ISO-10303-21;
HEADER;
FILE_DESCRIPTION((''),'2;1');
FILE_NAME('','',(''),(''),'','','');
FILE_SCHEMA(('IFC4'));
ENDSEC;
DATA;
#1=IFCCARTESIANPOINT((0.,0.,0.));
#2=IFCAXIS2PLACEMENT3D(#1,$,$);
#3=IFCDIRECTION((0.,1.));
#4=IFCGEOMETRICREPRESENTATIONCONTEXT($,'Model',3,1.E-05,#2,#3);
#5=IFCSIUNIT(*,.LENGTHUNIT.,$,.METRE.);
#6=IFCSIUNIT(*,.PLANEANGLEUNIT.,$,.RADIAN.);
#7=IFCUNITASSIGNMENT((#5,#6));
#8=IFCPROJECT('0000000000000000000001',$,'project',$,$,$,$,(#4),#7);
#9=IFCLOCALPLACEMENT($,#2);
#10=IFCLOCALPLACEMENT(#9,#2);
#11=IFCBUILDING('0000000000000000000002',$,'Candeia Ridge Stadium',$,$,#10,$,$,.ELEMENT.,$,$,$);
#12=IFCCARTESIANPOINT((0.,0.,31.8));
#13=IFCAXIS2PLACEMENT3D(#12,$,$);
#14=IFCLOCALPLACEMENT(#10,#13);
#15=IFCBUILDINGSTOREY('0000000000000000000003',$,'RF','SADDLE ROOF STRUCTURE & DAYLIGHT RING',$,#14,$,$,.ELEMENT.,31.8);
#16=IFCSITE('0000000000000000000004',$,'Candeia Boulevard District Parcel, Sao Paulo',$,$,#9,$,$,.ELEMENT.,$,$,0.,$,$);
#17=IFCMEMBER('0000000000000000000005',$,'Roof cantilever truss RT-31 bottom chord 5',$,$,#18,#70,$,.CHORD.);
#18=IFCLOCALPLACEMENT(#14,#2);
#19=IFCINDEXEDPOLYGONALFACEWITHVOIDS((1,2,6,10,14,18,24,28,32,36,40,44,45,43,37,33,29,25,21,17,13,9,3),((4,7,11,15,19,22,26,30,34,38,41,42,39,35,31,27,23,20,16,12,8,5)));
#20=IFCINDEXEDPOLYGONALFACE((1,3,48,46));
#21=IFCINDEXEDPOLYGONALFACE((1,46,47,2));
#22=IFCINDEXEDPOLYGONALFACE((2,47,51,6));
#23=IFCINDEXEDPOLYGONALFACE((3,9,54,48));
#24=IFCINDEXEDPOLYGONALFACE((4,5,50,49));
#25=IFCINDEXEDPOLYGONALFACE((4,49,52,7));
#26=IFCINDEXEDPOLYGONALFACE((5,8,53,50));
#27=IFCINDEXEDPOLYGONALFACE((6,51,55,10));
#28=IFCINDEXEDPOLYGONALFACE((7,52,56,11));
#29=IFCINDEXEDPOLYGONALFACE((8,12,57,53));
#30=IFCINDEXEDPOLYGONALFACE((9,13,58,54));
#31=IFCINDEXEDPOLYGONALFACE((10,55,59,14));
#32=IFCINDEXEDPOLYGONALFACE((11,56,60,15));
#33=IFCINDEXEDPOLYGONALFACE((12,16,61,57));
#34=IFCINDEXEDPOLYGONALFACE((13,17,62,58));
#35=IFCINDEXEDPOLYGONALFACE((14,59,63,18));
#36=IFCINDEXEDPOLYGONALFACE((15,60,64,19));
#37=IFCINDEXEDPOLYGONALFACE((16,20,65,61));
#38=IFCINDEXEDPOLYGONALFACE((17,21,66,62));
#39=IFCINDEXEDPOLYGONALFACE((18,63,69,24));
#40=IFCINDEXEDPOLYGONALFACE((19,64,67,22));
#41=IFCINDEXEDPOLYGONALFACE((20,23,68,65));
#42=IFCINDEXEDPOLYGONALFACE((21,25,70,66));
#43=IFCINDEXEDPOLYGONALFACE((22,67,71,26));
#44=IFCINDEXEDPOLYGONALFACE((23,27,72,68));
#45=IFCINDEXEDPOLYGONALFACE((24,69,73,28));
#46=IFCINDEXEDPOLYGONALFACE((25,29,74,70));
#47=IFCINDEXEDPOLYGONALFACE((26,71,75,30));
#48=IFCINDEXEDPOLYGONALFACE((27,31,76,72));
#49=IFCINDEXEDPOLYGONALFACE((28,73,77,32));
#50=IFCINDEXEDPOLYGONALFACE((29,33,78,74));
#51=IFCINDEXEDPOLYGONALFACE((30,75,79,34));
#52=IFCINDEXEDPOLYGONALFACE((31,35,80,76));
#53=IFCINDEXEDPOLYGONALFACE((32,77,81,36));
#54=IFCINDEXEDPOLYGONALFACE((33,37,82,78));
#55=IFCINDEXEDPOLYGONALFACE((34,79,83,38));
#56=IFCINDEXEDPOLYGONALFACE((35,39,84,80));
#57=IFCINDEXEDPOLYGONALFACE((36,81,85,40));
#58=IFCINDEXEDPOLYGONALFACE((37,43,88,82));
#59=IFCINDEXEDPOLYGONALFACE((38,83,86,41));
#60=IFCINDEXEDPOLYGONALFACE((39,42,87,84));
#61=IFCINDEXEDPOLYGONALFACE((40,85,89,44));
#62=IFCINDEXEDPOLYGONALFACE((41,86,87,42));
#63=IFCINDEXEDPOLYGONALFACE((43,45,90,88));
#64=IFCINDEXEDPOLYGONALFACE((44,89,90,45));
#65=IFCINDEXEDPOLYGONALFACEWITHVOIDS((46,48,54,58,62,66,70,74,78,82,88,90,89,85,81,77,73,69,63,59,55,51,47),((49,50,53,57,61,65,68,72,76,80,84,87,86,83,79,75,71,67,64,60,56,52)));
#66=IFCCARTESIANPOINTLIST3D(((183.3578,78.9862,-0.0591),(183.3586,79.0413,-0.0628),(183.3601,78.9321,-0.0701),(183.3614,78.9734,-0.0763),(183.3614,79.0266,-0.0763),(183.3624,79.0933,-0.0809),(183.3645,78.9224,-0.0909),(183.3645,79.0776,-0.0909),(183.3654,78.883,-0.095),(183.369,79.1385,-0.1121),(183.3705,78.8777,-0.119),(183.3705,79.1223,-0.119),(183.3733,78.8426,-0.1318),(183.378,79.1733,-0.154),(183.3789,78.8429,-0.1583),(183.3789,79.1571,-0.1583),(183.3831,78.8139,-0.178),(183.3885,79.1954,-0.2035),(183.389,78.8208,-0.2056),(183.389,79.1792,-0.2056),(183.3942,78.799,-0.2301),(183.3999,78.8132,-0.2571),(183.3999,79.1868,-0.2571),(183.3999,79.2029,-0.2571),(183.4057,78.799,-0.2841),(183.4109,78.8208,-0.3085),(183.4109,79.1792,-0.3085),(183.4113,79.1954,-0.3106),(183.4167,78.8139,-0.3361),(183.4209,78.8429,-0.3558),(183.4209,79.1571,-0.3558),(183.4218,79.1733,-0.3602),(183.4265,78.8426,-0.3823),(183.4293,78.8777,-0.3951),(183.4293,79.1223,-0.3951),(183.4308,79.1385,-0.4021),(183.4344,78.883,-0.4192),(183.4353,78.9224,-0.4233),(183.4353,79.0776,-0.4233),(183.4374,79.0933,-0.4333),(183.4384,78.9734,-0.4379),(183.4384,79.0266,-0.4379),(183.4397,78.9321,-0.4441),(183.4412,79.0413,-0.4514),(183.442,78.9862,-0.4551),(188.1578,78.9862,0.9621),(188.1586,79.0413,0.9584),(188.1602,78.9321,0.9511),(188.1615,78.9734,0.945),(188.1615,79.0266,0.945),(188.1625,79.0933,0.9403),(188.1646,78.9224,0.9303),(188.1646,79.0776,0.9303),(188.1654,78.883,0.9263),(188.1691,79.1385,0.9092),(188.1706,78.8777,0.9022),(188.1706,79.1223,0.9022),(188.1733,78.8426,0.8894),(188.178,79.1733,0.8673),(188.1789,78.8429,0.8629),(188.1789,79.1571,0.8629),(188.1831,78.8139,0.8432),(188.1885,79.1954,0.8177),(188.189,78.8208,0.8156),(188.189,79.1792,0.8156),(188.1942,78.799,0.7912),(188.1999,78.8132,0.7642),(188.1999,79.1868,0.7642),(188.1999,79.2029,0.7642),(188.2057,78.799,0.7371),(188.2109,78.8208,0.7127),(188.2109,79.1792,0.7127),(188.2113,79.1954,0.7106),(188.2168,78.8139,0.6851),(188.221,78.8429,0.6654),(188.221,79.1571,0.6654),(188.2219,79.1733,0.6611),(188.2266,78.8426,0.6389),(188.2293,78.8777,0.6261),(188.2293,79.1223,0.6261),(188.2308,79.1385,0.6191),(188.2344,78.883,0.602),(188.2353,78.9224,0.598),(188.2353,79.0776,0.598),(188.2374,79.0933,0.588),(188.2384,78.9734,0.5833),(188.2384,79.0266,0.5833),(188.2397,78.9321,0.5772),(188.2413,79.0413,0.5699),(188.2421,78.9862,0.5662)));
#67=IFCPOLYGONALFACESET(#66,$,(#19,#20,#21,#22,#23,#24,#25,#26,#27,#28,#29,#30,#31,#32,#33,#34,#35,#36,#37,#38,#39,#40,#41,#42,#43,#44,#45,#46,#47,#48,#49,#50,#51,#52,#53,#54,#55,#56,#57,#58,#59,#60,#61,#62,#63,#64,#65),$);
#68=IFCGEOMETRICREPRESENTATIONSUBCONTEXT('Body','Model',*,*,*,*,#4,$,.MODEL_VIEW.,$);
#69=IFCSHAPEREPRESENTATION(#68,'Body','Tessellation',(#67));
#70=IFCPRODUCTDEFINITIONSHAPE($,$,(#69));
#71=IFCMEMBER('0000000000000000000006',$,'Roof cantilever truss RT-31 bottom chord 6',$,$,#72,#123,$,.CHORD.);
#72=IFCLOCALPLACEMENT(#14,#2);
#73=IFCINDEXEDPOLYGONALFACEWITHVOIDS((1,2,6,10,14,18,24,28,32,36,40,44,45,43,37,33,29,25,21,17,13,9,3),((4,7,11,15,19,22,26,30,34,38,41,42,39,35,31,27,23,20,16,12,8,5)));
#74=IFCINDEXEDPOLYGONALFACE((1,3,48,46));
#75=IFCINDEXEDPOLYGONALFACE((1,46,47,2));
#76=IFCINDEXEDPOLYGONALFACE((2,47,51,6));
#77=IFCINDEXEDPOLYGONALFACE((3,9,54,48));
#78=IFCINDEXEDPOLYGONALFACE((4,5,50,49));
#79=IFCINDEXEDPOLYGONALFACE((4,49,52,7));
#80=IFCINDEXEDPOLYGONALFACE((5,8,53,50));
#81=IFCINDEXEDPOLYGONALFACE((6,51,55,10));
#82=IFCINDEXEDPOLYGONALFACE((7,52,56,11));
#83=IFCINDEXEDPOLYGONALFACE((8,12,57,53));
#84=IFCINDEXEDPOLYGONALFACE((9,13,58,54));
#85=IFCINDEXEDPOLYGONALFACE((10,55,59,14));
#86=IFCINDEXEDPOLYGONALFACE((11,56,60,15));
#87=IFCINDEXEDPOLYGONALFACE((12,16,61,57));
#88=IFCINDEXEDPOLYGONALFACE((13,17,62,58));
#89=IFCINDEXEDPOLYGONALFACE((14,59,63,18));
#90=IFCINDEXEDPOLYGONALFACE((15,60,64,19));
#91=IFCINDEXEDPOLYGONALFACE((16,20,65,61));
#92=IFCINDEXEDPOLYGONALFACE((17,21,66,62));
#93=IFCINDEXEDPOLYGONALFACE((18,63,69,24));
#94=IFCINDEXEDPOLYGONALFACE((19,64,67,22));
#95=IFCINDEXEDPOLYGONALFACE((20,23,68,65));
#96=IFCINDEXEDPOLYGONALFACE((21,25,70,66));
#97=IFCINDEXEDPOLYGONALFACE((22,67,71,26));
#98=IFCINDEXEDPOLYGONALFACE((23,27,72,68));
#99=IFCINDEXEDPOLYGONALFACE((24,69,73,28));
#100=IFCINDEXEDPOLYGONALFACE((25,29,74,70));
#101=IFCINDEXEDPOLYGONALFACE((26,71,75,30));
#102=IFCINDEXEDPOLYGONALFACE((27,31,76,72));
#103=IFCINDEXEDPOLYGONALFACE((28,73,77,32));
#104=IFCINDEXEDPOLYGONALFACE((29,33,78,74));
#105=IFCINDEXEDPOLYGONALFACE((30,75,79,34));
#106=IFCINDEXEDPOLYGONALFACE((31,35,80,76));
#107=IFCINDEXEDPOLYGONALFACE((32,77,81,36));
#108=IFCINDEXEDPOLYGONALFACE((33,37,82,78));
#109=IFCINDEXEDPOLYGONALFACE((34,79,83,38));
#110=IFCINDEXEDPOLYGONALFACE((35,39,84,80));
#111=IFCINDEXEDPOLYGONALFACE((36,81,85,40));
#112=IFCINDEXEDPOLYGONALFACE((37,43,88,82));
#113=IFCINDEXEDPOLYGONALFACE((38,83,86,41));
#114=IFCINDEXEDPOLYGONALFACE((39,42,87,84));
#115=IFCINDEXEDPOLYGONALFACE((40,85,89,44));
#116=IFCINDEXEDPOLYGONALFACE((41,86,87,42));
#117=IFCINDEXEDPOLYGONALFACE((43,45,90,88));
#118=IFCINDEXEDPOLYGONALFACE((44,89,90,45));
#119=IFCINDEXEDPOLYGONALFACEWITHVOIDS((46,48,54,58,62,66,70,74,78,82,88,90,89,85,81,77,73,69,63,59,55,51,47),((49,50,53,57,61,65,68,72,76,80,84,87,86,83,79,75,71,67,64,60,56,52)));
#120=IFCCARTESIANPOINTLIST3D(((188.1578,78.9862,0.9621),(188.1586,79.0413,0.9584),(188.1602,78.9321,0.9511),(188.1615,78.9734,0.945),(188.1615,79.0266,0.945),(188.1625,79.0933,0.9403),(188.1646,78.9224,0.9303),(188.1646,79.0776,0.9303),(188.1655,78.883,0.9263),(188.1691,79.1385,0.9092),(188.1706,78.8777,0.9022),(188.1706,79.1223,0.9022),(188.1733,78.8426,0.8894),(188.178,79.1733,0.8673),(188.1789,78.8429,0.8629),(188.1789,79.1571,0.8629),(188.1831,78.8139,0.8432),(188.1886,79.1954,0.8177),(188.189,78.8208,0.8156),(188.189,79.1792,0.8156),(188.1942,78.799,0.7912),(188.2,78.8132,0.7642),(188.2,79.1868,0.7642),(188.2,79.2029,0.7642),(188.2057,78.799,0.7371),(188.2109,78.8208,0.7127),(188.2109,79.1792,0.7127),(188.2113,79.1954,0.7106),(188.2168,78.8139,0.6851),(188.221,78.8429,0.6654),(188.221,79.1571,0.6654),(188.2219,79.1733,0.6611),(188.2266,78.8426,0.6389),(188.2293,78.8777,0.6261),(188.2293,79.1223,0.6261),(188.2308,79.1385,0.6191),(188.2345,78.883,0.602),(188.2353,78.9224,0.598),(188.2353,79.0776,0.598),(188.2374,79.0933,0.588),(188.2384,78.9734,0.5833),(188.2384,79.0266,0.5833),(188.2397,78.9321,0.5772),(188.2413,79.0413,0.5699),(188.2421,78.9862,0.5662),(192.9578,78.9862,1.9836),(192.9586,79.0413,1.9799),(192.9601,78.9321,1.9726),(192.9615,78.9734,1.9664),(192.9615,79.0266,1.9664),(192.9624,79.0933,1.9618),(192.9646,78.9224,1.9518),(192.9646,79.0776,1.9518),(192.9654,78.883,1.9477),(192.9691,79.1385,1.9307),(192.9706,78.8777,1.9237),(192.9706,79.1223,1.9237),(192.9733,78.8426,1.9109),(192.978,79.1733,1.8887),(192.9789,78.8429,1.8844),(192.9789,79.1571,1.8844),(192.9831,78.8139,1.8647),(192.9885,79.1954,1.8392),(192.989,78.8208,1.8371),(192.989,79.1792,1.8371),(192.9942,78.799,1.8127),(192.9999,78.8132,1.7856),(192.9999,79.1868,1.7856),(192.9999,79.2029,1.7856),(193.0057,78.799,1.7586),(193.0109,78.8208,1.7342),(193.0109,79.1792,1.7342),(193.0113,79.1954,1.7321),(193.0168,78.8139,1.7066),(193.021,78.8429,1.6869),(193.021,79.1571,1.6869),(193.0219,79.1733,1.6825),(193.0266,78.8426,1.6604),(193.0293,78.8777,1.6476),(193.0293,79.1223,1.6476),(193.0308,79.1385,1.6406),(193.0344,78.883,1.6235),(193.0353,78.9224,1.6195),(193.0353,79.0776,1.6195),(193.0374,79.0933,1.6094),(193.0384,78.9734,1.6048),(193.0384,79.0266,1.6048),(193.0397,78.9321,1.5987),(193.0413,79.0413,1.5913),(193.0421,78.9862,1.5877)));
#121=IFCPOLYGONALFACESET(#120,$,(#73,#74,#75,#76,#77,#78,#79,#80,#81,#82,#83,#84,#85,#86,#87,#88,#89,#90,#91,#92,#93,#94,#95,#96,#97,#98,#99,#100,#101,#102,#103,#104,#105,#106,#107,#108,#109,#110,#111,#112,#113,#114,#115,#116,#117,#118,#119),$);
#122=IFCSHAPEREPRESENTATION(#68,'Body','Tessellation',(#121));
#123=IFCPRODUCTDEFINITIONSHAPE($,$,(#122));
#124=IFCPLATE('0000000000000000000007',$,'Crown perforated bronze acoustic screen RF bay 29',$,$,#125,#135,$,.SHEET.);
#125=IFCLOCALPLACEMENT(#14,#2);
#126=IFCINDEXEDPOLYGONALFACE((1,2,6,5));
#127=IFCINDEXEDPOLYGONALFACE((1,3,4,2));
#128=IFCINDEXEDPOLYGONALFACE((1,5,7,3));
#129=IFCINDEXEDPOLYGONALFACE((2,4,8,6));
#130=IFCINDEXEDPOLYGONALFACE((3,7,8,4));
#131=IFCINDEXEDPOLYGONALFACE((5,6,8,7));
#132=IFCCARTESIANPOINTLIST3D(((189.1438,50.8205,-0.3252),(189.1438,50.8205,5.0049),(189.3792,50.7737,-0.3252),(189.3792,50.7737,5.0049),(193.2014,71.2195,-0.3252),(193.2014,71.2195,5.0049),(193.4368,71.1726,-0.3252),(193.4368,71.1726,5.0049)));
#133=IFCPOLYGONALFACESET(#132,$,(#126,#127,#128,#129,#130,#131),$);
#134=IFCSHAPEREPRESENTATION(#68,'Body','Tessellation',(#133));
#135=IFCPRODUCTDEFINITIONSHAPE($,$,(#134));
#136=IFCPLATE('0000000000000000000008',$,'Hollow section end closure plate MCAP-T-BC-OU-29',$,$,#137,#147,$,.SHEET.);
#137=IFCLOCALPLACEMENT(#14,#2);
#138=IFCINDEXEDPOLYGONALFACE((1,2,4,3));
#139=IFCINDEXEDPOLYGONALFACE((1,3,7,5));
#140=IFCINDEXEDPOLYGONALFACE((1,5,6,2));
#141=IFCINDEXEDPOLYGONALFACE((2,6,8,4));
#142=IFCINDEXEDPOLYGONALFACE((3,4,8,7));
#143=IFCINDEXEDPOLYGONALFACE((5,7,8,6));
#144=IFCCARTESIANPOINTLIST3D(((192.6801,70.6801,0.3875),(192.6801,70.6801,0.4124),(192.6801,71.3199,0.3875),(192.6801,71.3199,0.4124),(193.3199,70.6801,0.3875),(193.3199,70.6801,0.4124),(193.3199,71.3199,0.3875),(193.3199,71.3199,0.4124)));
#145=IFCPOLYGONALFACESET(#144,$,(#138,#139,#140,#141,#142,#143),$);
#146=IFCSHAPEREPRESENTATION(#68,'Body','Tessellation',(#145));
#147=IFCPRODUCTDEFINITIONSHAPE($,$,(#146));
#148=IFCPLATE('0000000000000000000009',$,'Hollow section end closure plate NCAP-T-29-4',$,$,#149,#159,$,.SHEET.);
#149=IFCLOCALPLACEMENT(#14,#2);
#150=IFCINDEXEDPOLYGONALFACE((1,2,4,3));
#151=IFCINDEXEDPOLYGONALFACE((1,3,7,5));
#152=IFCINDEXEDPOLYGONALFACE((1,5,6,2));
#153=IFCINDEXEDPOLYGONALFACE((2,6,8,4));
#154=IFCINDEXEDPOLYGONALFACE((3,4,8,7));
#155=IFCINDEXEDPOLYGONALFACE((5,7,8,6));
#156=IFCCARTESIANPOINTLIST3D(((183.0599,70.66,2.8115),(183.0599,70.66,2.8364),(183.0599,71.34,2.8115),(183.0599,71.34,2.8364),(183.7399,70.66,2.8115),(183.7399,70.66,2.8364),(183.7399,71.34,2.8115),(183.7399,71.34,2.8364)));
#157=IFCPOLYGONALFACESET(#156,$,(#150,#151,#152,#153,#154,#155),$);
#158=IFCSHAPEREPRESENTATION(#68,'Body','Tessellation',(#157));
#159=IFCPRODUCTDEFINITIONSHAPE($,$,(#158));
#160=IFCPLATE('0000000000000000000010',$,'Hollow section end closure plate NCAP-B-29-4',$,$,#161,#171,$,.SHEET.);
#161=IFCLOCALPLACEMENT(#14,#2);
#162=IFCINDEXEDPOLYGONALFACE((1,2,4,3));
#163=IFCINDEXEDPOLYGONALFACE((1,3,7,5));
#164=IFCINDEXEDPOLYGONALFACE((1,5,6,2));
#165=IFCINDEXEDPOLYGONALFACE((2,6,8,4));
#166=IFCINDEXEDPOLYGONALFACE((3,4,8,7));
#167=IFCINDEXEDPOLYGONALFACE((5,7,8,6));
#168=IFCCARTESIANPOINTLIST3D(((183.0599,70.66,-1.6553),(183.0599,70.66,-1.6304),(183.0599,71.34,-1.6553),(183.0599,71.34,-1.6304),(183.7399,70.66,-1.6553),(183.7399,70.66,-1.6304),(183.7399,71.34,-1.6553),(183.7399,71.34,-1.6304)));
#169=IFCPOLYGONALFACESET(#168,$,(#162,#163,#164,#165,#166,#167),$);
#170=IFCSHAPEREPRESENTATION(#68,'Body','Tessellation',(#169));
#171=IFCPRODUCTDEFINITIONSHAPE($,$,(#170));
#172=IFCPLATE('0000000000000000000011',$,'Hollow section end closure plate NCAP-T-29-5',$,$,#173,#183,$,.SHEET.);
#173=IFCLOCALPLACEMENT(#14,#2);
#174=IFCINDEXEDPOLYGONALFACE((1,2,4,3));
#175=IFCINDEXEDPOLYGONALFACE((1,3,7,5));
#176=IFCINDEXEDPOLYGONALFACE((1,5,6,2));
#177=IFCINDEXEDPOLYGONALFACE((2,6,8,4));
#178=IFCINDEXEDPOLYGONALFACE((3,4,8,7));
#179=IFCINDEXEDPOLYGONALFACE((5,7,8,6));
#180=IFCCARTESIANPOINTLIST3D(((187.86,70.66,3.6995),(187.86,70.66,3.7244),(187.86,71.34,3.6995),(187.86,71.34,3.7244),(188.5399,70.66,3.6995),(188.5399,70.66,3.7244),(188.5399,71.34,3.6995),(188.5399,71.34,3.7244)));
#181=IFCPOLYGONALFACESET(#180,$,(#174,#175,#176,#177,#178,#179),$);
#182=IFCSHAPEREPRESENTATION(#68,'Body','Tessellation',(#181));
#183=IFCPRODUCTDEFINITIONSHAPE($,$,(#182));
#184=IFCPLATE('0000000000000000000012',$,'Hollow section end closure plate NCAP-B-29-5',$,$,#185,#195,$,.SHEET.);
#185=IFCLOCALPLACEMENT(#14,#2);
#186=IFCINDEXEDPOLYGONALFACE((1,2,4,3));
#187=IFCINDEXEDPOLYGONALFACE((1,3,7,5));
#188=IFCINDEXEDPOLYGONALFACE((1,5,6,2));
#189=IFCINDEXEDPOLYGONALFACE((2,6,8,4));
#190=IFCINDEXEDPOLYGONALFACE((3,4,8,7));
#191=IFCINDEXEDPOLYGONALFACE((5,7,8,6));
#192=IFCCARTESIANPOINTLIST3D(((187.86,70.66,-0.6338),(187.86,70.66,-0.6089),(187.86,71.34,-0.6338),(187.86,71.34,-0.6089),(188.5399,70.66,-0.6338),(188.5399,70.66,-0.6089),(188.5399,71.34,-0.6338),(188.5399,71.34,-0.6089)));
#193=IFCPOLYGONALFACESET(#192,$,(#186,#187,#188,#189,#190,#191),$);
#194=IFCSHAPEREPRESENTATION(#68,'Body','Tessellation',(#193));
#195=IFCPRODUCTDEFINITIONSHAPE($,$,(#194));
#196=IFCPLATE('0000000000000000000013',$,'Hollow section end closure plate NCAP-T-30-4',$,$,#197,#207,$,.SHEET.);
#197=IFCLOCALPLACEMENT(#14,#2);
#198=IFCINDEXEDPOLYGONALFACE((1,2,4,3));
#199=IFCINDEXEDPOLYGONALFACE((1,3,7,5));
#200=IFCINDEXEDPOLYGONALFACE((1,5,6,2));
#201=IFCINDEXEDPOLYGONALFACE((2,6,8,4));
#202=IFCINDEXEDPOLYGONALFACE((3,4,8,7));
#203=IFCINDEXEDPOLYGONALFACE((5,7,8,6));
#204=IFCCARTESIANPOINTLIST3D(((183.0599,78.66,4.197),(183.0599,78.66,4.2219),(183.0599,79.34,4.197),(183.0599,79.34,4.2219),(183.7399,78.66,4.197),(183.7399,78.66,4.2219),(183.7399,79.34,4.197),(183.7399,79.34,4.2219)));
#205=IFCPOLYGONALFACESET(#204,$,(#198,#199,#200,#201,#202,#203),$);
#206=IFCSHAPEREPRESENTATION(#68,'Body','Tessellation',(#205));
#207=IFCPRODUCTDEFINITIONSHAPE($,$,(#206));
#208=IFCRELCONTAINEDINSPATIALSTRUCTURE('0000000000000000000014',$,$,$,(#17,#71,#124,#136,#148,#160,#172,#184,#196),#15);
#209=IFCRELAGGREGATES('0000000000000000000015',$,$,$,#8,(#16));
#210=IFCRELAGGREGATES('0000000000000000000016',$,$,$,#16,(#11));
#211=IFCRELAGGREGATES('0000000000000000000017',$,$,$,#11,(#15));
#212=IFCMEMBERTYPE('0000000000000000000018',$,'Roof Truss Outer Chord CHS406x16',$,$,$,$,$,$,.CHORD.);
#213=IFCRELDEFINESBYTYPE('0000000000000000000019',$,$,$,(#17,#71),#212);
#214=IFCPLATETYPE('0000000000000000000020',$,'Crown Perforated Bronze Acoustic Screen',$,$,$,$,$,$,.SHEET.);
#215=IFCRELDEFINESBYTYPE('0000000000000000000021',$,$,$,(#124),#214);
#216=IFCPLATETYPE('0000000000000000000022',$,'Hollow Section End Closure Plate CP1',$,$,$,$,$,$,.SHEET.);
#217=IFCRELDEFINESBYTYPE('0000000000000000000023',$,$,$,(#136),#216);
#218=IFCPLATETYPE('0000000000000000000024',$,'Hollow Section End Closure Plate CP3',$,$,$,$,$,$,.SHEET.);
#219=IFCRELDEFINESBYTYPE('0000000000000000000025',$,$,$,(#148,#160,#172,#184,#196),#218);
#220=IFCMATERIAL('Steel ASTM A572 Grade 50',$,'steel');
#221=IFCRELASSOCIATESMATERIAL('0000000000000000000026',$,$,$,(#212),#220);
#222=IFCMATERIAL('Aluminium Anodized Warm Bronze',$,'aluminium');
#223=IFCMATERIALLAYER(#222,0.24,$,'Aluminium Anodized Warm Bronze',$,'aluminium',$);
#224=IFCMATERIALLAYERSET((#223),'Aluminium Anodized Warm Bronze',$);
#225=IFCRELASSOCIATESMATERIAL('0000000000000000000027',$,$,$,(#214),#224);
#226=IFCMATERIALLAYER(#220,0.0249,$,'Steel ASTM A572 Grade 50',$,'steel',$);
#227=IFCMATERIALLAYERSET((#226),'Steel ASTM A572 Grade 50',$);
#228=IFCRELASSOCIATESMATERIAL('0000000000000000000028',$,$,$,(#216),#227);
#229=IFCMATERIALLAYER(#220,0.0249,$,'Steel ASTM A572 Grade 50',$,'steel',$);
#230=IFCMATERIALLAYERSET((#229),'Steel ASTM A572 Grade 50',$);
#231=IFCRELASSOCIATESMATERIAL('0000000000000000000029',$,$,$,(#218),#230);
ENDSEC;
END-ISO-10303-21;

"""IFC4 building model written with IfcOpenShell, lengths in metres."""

from ifc_helpers import new_model, si_unit, direction, frame, origin, origin_2d, place, context, subcontext, project, spatial, rectangle, hollow_circle, extrude, material, layer, layer_set, material_profile, profile_set, type_object, element, save


model = new_model("IFC4")

# Units and contexts
model_context = context("Model", 3, precision=1e-05, world=origin(), true_north=direction((0.0, 1.0)))
body_context = subcontext(model_context, "Body", "Model", "MODEL_VIEW")
ifc_project = project(units=[si_unit("LENGTHUNIT", "METRE"), si_unit("PLANEANGLEUNIT", "RADIAN")], contexts=[model_context])

# Site, building, storey
site_placement = place(None, origin())
site = spatial("IfcSite", under=ifc_project, at=site_placement, Name="Candeia Boulevard District Parcel, Sao Paulo", CompositionType="ELEMENT", RefElevation=0.0)
building_placement = place(site_placement, origin())
building = spatial("IfcBuilding", under=site, at=building_placement, Name="Candeia Ridge Stadium", CompositionType="ELEMENT")
storey_placement = place(building_placement, frame((0.0, 0.0, 31.8)))
storey = spatial("IfcBuildingStorey", under=building, at=storey_placement, Name="RF", Description="SADDLE ROOF STRUCTURE & DAYLIGHT RING", CompositionType="ELEMENT", Elevation=31.8)

# Shared definitions
ifc_material_1 = material(Name="Steel ASTM A572 Grade 50", Category="steel")

# Members
ifc_material_profile_1 = material_profile(ifc_material_1, hollow_circle(Radius=0.2029, WallThickness=0.0161, at=origin_2d()), Name="CHS406x16", Category="steel")
ifc_profile_set_1 = profile_set([ifc_material_profile_1], Name="Steel ASTM A572 Grade 50")
member_type_1 = type_object("IfcMemberType", Name="Roof Truss Outer Chord CHS406x16", PredefinedType="CHORD", material=ifc_profile_set_1)
for number, where, z_axis, x_axis, name in (
    (1, (183.3999, 79.0, -0.2571), (0.978108, 0.0, 0.208099), (0.0, 1.0, 0.0), "Roof cantilever truss RT-31 bottom chord 5"),
    (2, (188.2, 79.0, 0.7642), (0.978098, 0.0, 0.208146), (0.0, 1.0, 0.0), "Roof cantilever truss RT-31 bottom chord 6"),
):
    element("IfcMember", number, at=place(storey_placement, frame(where, z_axis=z_axis, x_axis=x_axis)), inside=storey, type_object=member_type_1, Name=name, PredefinedType="CHORD", context=body_context, shape_type="SweptSolid", body=[
        extrude(hollow_circle(Radius=0.2029, WallThickness=0.0161, at=origin_2d()), origin(), (0.0, 0.0, 1.0), 4.9075),
    ])

# Plates
ifc_material_2 = material(Name="Aluminium Anodized Warm Bronze", Category="aluminium")
ifc_layer_1 = layer(ifc_material_2, 0.24, Name="Aluminium Anodized Warm Bronze", Category="aluminium")
ifc_layer_set_1 = layer_set([ifc_layer_1], Name="Aluminium Anodized Warm Bronze")
plate_type_1 = type_object("IfcPlateType", Name="Crown Perforated Bronze Acoustic Screen", PredefinedType="SHEET", material=ifc_layer_set_1)
plate_1_placement = place(storey_placement, frame((191.2903, 60.9966, -0.3252), z_axis=(0.0, 0.0, 1.0), x_axis=(0.19509, 0.980785, 0.0)))
element("IfcPlate", 3, at=plate_1_placement, inside=storey, type_object=plate_type_1, Name="Crown perforated bronze acoustic screen RF bay 29", PredefinedType="SHEET", context=body_context, shape_type="SweptSolid", body=[
    extrude(rectangle(XDim=20.7986, YDim=0.24, at=origin_2d()), origin(), (0.0, 0.0, 1.0), 5.3301),
])
ifc_layer_2 = layer(ifc_material_1, 0.0249, Name="Steel ASTM A572 Grade 50", Category="steel")
ifc_layer_set_2 = layer_set([ifc_layer_2], Name="Steel ASTM A572 Grade 50")
plate_type_2 = type_object("IfcPlateType", Name="Hollow Section End Closure Plate CP1", PredefinedType="SHEET", material=ifc_layer_set_2)
plate_2_placement = place(storey_placement, frame((193.0, 71.0, 0.3875), z_axis=(0.0, 0.0, 1.0), x_axis=(1.0, 0.0, 0.0)))
element("IfcPlate", 4, at=plate_2_placement, inside=storey, type_object=plate_type_2, Name="Hollow section end closure plate MCAP-T-BC-OU-29", PredefinedType="SHEET", context=body_context, shape_type="SweptSolid", body=[
    extrude(rectangle(XDim=0.6399, YDim=0.6399, at=origin_2d()), origin(), (0.0, 0.0, 1.0), 0.0249),
])
ifc_layer_3 = layer(ifc_material_1, 0.0249, Name="Steel ASTM A572 Grade 50", Category="steel")
ifc_layer_set_3 = layer_set([ifc_layer_3], Name="Steel ASTM A572 Grade 50")
plate_type_3 = type_object("IfcPlateType", Name="Hollow Section End Closure Plate CP3", PredefinedType="SHEET", material=ifc_layer_set_3)
for number, where, z_axis, x_axis, name in (
    (5, (183.3999, 71.0, 2.8115), (0.0, 0.0, 1.0), (1.0, 0.0, 0.0), "Hollow section end closure plate NCAP-T-29-4"),
    (6, (183.3999, 71.0, -1.6553), (0.0, 0.0, 1.0), (1.0, 0.0, 0.0), "Hollow section end closure plate NCAP-B-29-4"),
    (7, (188.2, 71.0, 3.6995), (0.0, 0.0, 1.0), (1.0, 0.0, 0.0), "Hollow section end closure plate NCAP-T-29-5"),
    (8, (188.2, 71.0, -0.6338), (0.0, 0.0, 1.0), (1.0, 0.0, 0.0), "Hollow section end closure plate NCAP-B-29-5"),
    (9, (183.3999, 79.0, 4.197), (0.0, 0.0, 1.0), (1.0, 0.0, 0.0), "Hollow section end closure plate NCAP-T-30-4"),
):
    element("IfcPlate", number, at=place(storey_placement, frame(where, z_axis=z_axis, x_axis=x_axis)), inside=storey, type_object=plate_type_3, Name=name, PredefinedType="SHEET", context=body_context, shape_type="SweptSolid", body=[
        extrude(rectangle(XDim=0.6799, YDim=0.6799, at=origin_2d()), origin(), (0.0, 0.0, 1.0), 0.0249),
    ])

save(model, "model.ifc")
